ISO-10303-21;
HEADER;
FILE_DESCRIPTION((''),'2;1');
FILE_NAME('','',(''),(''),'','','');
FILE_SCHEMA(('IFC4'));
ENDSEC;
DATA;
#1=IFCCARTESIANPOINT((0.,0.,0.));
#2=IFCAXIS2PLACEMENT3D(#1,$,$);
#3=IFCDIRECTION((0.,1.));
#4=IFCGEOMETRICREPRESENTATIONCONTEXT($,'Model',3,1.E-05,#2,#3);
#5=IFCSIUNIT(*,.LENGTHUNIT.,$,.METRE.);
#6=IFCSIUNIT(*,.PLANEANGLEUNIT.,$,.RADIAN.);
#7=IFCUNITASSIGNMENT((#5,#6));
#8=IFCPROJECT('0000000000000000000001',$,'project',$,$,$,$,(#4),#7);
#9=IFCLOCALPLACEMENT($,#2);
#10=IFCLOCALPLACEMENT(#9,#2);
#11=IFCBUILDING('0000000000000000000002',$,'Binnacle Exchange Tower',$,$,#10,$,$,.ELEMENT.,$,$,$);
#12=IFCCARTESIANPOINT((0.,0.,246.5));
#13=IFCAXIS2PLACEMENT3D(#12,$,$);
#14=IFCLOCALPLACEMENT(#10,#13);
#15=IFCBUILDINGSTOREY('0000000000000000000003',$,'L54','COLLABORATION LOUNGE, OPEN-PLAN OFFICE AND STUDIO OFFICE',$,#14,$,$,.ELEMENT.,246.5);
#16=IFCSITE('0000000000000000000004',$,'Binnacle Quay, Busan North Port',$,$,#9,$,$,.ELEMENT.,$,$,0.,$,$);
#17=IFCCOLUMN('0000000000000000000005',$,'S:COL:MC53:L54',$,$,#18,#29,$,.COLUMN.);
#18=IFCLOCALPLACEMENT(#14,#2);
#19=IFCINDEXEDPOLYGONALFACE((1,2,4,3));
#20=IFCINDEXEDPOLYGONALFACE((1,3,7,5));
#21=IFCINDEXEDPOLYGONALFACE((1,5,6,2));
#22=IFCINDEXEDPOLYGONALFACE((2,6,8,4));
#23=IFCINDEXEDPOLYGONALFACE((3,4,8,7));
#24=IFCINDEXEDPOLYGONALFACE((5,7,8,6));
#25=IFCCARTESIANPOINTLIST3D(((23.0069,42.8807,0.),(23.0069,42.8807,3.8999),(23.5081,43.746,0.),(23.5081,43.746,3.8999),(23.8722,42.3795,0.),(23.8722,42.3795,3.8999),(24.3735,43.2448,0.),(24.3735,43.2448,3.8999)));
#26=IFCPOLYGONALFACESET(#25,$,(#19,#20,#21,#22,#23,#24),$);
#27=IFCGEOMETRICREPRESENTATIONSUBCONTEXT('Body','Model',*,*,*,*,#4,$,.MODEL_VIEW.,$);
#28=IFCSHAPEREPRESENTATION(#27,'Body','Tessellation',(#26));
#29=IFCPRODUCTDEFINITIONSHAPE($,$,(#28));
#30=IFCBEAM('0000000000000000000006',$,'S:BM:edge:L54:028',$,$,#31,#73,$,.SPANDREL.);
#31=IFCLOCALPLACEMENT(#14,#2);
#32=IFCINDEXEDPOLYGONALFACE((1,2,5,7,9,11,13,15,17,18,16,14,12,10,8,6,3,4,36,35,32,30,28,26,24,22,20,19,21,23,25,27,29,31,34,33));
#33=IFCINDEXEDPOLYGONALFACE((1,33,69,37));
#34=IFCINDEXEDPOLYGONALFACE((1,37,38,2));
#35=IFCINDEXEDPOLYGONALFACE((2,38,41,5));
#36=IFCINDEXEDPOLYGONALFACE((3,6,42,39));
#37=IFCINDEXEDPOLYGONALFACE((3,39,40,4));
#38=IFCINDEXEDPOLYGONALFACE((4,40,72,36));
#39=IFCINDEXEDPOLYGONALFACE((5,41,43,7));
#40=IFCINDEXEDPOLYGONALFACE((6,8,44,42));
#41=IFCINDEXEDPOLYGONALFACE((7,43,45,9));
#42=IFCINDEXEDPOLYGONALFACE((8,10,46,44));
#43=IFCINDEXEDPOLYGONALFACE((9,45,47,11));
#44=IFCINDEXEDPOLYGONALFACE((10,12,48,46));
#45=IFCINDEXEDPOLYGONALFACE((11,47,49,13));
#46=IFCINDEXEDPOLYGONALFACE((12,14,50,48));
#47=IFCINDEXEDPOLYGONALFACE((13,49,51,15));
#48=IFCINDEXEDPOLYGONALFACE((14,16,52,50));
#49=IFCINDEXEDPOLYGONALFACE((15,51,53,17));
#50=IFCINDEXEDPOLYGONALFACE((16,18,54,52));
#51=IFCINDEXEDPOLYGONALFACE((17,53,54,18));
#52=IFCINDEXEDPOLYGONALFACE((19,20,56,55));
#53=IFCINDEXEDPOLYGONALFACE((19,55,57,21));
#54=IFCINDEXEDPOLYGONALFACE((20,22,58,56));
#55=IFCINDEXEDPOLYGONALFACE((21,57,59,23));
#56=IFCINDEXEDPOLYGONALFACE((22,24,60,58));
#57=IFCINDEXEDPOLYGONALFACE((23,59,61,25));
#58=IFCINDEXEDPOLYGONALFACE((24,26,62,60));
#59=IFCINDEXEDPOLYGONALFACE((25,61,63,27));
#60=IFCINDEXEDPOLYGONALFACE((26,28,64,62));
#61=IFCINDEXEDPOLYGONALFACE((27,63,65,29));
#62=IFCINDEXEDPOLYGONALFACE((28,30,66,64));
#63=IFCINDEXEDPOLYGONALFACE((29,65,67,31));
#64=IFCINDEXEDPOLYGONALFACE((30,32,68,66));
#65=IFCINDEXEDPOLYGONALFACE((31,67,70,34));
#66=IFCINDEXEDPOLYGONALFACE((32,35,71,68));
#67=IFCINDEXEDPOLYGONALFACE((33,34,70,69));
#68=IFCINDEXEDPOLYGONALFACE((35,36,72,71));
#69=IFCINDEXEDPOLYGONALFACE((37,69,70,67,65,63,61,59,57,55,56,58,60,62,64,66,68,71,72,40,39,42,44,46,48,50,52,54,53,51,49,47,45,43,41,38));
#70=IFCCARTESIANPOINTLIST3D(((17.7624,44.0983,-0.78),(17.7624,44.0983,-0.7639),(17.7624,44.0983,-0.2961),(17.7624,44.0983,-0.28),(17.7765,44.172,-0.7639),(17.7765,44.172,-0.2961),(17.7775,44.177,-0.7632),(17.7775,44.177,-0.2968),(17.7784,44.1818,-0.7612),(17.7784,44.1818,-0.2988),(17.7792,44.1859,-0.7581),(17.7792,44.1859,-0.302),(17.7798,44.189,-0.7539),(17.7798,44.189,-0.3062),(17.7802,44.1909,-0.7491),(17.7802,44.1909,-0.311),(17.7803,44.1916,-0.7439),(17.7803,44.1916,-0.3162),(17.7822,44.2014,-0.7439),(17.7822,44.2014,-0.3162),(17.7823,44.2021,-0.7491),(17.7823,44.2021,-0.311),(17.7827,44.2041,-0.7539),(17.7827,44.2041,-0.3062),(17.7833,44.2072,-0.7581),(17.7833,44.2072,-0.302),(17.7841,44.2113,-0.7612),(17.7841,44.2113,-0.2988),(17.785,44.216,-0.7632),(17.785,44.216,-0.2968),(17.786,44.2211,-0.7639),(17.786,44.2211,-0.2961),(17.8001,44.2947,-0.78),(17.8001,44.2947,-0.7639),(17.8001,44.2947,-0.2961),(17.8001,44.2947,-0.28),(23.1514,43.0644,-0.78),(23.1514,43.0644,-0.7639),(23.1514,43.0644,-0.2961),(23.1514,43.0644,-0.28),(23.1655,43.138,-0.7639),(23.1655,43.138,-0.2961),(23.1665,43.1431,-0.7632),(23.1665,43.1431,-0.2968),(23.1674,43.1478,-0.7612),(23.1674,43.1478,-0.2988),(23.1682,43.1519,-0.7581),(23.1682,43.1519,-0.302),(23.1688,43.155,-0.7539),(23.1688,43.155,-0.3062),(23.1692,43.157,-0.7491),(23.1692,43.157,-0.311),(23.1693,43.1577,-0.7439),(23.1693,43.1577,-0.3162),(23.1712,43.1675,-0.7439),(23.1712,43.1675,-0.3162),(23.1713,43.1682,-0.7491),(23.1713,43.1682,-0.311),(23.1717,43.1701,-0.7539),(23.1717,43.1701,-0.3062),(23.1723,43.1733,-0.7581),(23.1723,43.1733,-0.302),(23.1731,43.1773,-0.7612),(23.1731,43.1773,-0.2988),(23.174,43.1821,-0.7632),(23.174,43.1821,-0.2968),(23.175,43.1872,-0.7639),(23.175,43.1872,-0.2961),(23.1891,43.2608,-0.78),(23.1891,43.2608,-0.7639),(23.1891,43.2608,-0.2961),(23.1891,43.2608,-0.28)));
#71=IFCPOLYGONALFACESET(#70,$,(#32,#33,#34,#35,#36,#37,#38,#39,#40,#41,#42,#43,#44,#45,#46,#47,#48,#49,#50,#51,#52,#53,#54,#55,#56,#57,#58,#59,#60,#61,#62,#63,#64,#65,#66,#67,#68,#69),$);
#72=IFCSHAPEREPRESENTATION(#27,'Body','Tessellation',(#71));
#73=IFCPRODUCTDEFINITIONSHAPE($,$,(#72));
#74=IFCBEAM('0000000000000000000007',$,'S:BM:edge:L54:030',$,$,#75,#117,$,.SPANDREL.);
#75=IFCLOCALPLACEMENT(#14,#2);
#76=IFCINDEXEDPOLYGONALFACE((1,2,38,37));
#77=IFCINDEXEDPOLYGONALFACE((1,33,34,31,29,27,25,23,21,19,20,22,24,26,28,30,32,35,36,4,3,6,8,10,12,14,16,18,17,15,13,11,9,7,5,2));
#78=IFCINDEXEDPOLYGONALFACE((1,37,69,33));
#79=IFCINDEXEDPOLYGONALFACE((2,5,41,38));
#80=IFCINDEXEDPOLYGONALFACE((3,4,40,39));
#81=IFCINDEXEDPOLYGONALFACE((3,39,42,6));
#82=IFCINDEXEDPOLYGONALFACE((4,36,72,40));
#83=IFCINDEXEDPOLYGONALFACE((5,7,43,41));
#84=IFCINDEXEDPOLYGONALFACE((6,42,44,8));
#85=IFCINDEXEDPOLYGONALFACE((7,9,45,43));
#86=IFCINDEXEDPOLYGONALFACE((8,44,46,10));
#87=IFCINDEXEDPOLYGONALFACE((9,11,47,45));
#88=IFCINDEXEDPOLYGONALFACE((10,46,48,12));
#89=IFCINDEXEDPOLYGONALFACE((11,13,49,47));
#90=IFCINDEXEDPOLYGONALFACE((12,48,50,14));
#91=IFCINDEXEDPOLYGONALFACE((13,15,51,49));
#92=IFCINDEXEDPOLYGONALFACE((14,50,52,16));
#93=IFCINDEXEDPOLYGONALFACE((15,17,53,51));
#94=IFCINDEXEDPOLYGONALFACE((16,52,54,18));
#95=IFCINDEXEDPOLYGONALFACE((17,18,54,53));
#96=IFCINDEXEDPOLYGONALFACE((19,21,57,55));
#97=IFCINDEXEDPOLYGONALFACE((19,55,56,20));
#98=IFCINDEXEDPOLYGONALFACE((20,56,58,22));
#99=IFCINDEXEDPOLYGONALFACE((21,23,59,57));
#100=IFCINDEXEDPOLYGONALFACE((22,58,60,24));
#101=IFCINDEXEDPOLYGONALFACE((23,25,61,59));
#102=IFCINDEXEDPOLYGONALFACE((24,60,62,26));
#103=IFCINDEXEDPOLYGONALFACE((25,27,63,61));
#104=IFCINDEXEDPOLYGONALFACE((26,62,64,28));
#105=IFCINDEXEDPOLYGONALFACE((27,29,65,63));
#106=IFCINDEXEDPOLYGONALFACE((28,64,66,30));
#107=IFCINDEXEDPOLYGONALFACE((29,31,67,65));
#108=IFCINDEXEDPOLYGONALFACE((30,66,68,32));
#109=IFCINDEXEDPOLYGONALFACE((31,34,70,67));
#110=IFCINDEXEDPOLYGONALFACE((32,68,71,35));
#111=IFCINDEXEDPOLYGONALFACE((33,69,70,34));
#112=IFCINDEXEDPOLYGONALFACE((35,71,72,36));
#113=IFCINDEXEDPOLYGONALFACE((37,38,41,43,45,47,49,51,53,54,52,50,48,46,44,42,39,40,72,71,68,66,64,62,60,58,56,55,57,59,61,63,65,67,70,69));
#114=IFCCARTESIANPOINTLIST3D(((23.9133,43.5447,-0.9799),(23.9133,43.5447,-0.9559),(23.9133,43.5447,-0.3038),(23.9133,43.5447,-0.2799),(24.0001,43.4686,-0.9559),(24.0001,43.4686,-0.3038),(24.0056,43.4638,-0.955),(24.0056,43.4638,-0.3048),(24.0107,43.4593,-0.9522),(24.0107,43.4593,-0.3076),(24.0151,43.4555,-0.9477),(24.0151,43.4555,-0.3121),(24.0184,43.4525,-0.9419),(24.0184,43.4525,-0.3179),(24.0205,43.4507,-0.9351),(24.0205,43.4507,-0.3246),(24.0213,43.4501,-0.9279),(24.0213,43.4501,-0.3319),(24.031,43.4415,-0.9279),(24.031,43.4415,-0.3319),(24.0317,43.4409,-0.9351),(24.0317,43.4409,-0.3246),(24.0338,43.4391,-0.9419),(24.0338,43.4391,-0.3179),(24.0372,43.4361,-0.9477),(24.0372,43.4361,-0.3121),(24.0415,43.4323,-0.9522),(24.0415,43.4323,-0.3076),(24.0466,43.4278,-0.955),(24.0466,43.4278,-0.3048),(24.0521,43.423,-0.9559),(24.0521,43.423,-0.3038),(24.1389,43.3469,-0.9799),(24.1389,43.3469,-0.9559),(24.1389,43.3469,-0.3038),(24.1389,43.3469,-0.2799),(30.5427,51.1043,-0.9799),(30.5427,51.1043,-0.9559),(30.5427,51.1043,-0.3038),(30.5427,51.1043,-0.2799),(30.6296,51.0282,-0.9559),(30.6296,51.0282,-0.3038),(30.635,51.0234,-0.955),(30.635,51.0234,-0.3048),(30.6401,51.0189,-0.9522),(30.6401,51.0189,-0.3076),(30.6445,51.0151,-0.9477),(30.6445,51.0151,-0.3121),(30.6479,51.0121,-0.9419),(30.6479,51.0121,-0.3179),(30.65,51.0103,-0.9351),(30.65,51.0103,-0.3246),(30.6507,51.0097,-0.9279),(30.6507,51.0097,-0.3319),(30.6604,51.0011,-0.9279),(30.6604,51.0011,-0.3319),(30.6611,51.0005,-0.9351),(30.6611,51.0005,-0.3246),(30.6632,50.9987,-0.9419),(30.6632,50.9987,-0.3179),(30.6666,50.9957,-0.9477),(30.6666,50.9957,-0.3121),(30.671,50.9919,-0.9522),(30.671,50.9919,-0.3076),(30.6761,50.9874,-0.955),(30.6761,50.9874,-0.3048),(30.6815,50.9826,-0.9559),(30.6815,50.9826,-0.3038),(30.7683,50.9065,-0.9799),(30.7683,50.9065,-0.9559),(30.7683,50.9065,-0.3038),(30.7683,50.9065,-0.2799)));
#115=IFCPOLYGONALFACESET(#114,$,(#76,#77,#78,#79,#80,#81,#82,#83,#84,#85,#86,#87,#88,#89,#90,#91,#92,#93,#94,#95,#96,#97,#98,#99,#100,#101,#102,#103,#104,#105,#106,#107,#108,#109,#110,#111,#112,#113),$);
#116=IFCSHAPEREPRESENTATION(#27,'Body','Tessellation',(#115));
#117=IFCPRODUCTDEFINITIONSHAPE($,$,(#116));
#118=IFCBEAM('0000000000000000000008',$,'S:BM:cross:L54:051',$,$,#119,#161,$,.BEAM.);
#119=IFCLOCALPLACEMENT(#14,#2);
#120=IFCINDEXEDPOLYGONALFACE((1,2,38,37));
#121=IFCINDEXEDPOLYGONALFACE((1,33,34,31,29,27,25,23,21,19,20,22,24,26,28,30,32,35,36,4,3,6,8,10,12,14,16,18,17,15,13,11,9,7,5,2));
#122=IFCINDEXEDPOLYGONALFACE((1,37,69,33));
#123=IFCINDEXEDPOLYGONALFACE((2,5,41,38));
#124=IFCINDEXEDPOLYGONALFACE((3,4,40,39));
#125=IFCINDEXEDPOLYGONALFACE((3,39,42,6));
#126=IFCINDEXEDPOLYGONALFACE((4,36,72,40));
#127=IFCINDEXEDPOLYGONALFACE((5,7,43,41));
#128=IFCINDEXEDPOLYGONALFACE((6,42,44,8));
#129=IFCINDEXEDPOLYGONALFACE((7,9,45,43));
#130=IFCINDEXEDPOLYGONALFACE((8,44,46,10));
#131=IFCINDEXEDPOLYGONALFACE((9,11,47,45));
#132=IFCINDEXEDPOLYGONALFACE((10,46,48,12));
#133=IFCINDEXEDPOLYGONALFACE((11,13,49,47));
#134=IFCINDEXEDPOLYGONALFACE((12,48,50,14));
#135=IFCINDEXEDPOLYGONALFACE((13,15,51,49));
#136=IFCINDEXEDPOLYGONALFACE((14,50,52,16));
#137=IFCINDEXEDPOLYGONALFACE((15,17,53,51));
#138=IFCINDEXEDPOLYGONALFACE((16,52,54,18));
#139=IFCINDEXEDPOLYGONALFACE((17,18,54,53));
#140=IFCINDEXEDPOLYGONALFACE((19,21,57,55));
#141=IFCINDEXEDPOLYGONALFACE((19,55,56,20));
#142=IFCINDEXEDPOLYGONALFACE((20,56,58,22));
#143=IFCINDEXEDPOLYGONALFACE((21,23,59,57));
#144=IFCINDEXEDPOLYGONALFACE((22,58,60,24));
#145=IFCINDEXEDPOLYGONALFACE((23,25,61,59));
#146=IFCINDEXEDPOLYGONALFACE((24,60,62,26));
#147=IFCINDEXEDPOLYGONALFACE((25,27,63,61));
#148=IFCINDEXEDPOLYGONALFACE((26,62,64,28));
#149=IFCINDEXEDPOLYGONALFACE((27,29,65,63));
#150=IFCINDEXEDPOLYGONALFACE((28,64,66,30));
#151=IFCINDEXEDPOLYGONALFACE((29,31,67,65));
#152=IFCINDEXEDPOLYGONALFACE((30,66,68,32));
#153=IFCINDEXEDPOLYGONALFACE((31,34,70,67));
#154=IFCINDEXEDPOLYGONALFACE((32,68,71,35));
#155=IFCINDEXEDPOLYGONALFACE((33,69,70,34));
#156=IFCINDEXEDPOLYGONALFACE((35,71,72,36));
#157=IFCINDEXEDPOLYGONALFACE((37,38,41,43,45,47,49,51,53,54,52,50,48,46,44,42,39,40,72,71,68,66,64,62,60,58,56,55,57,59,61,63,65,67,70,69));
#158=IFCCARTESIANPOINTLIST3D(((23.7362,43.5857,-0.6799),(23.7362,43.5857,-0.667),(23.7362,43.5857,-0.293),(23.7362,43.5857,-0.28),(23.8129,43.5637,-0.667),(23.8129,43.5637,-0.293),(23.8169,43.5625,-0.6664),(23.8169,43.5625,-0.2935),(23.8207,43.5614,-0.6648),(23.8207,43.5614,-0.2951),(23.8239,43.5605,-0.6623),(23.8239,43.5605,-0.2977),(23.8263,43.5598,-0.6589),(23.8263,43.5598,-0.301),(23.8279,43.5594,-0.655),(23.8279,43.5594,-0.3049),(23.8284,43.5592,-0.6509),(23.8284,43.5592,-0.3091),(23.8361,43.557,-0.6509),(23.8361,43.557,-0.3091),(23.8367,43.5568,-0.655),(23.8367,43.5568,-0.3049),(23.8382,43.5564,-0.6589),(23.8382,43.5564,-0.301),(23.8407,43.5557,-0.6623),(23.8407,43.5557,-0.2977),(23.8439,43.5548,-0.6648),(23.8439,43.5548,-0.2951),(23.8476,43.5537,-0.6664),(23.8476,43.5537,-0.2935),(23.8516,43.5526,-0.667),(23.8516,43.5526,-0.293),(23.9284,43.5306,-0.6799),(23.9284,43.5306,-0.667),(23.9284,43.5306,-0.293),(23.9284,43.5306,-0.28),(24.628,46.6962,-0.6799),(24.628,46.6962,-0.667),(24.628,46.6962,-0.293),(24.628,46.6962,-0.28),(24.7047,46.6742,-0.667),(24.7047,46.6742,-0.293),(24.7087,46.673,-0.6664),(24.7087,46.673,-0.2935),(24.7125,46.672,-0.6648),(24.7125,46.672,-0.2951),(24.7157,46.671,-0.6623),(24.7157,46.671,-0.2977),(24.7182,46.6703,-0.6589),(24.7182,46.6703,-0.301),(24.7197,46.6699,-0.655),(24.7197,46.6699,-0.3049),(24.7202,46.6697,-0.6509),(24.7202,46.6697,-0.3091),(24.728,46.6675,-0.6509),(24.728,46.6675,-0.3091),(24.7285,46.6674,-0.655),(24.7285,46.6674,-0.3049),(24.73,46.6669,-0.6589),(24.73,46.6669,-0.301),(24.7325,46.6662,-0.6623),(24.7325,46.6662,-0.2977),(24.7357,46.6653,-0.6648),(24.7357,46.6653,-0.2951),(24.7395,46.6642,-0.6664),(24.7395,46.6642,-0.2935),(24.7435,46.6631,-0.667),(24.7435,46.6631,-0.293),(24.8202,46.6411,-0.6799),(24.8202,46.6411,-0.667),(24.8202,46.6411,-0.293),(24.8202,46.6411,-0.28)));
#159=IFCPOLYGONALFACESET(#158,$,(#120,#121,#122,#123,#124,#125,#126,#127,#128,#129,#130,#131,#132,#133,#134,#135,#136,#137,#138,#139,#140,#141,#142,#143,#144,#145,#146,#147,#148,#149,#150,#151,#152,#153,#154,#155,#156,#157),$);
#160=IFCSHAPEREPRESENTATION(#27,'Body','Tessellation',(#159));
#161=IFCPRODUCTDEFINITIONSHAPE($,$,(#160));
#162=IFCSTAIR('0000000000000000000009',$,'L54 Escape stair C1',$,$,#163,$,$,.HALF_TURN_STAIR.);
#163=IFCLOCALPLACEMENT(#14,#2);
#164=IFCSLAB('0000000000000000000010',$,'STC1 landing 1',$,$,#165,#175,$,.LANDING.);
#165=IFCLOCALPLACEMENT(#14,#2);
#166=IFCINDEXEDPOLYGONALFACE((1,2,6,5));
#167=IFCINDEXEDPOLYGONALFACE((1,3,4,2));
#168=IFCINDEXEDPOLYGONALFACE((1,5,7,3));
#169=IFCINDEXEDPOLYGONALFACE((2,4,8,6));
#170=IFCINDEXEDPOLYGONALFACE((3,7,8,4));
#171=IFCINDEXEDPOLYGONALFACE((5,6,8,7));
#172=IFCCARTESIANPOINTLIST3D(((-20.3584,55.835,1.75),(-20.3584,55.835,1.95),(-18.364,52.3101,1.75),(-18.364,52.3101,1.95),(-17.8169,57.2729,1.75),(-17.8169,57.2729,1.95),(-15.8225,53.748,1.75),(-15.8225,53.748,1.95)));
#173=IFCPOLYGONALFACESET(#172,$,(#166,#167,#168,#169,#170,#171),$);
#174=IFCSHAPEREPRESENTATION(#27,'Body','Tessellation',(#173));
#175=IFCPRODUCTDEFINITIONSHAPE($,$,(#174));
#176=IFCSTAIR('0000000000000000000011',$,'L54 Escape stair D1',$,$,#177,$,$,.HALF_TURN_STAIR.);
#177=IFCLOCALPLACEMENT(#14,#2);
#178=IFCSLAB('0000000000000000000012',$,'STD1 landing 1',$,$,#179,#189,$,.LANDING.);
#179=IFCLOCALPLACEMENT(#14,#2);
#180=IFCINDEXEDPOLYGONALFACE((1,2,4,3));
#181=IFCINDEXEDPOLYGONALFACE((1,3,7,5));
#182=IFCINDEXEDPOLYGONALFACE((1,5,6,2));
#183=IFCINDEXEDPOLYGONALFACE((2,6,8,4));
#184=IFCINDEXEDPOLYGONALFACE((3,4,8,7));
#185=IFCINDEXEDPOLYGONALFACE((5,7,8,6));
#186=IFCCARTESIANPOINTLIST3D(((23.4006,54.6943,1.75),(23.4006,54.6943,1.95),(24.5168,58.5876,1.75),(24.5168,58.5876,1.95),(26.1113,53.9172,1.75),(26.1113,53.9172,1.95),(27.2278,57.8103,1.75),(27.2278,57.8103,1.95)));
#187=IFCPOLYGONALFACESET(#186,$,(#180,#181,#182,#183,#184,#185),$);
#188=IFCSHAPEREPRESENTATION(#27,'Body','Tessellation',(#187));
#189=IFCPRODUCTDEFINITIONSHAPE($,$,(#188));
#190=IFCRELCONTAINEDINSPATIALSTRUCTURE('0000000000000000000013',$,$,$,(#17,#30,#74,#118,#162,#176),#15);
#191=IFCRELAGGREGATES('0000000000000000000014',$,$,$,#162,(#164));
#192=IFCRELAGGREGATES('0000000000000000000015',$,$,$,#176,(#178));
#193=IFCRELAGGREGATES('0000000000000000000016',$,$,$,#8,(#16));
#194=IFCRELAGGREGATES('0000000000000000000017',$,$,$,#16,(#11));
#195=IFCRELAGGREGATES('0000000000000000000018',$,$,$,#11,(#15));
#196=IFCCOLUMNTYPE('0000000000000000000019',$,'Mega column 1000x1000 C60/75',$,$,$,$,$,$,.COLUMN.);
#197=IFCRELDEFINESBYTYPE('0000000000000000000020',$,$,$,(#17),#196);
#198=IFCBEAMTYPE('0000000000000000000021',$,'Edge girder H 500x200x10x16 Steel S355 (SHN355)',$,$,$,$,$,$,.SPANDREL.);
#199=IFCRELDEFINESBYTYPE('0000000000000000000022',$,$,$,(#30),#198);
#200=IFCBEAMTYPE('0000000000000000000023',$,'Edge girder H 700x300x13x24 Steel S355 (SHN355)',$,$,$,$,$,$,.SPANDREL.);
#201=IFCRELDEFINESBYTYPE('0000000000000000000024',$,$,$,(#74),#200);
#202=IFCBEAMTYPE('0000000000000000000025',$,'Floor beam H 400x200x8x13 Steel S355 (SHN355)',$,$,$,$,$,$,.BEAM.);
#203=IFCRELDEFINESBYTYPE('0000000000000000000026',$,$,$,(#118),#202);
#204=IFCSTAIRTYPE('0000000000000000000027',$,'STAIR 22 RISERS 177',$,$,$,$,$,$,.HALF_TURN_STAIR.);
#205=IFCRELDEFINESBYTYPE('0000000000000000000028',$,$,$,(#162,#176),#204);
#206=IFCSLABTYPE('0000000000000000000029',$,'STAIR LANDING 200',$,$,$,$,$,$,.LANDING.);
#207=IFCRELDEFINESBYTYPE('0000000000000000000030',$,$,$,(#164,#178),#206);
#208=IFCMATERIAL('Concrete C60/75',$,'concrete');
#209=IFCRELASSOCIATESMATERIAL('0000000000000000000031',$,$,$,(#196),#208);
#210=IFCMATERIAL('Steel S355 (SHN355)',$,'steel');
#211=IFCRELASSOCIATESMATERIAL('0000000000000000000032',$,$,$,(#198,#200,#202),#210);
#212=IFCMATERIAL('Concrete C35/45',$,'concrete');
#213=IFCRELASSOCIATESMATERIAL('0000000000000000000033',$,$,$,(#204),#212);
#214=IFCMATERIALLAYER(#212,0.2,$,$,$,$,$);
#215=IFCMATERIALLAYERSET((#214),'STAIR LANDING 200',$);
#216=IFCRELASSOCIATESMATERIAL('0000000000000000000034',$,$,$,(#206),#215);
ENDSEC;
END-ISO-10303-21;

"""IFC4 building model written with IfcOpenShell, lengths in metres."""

from ifc_helpers import new_model, si_unit, direction, frame, origin, origin_2d, place, context, subcontext, project, spatial, polyline, rectangle, i_section, outline, extrude, material, layer, layer_set, material_profile, profile_set, type_object, element, aggregate, save


model = new_model("IFC4")

# Units and contexts
model_context = context("Model", 3, precision=1e-05, world=origin(), true_north=direction((0.0, 1.0)))
body_context = subcontext(model_context, "Body", "Model", "MODEL_VIEW")
ifc_project = project(units=[si_unit("LENGTHUNIT", "METRE"), si_unit("PLANEANGLEUNIT", "RADIAN")], contexts=[model_context])

# Site, building, storey
site_placement = place(None, origin())
site = spatial("IfcSite", under=ifc_project, at=site_placement, Name="Binnacle Quay, Busan North Port", CompositionType="ELEMENT", RefElevation=0.0)
building_placement = place(site_placement, origin())
building = spatial("IfcBuilding", under=site, at=building_placement, Name="Binnacle Exchange Tower", CompositionType="ELEMENT")
storey_placement = place(building_placement, frame((0.0, 0.0, 246.5)))
storey = spatial("IfcBuildingStorey", under=building, at=storey_placement, Name="L54", Description="COLLABORATION LOUNGE, OPEN-PLAN OFFICE AND STUDIO OFFICE", CompositionType="ELEMENT", Elevation=246.5)

# Column
ifc_material_1 = material(Name="Concrete C60/75", Category="concrete")
ifc_material_profile_1 = material_profile(ifc_material_1, rectangle(XDim=1.0, YDim=1.0, at=origin_2d()), Name="Mega column 1000x1000 C60/75")
ifc_profile_set_1 = profile_set([ifc_material_profile_1], Name="Concrete C60/75")
column_type = type_object("IfcColumnType", Name="Mega column 1000x1000 C60/75", PredefinedType="COLUMN", material=ifc_profile_set_1)
column_placement = place(storey_placement, frame((23.6902, 43.0627, 0.0), z_axis=(0.0, 0.0, 1.0), x_axis=(-0.865326, 0.501209, 0.0)))
element("IfcColumn", 1, at=column_placement, inside=storey, type_object=column_type, Name="S:COL:MC53:L54", PredefinedType="COLUMN", context=body_context, shape_type="SweptSolid", body=[
    extrude(rectangle(XDim=1.0, YDim=1.0, at=origin_2d()), origin(), (0.0, 0.0, 1.0), 3.8999),
])

# Beams
ifc_material_2 = material(Name="Steel S355 (SHN355)", Category="steel")
ifc_material_profile_2 = material_profile(ifc_material_2, i_section(OverallWidth=0.2, OverallDepth=0.5, WebThickness=0.01, FlangeThickness=0.0161, FilletRadius=0.02, at=origin_2d()), Name="H 500x200x10x16")
ifc_profile_set_2 = profile_set([ifc_material_profile_2], Name="Steel S355 (SHN355)")
beam_type_1 = type_object("IfcBeamType", Name="Edge girder H 500x200x10x16 Steel S355 (SHN355)", PredefinedType="SPANDREL", material=ifc_profile_set_2)
beam_1_placement = place(storey_placement, frame((17.7812, 44.1965, -0.53), z_axis=(0.982087, -0.188427, 0.0), x_axis=(0.188427, 0.982087, 0.0)))
element("IfcBeam", 2, at=beam_1_placement, inside=storey, type_object=beam_type_1, Name="S:BM:edge:L54:028", PredefinedType="SPANDREL", context=body_context, shape_type="SweptSolid", body=[
    extrude(i_section(OverallWidth=0.2, OverallDepth=0.5, WebThickness=0.01, FlangeThickness=0.0161, FilletRadius=0.02, at=origin_2d()), origin(), (0.0, 0.0, 1.0), 5.4873),
])
ifc_material_profile_3 = material_profile(ifc_material_2, i_section(OverallWidth=0.3, OverallDepth=0.7, WebThickness=0.0129, FlangeThickness=0.0239, FilletRadius=0.0281, at=origin_2d()), Name="H 700x300x13x24")
ifc_profile_set_3 = profile_set([ifc_material_profile_3], Name="Steel S355 (SHN355)")
beam_type_2 = type_object("IfcBeamType", Name="Edge girder H 700x300x13x24 Steel S355 (SHN355)", PredefinedType="SPANDREL", material=ifc_profile_set_3)
beam_2_placement = place(storey_placement, frame((24.0261, 43.4458, -0.6299), z_axis=(0.659336, 0.751848, 0.0), x_axis=(-0.751848, 0.659336, 0.0)))
element("IfcBeam", 3, at=beam_2_placement, inside=storey, type_object=beam_type_2, Name="S:BM:edge:L54:030", PredefinedType="SPANDREL", context=body_context, shape_type="SweptSolid", body=[
    extrude(i_section(OverallWidth=0.3, OverallDepth=0.7, WebThickness=0.0129, FlangeThickness=0.0239, FilletRadius=0.0281, at=origin_2d()), origin(), (0.0, 0.0, 1.0), 10.0547),
])
ifc_material_profile_4 = material_profile(ifc_material_2, i_section(OverallWidth=0.2, OverallDepth=0.3999, WebThickness=0.0081, FlangeThickness=0.0129, FilletRadius=0.0161, at=origin_2d()), Name="H 400x200x8x13")
ifc_profile_set_4 = profile_set([ifc_material_profile_4], Name="Steel S355 (SHN355)")
beam_type_3 = type_object("IfcBeamType", Name="Floor beam H 400x200x8x13 Steel S355 (SHN355)", PredefinedType="BEAM", material=ifc_profile_set_4)
beam_3_placement = place(storey_placement, frame((23.8323, 43.5581, -0.48), z_axis=(0.275608, 0.96127, 0.0), x_axis=(-0.96127, 0.275608, 0.0)))
element("IfcBeam", 4, at=beam_3_placement, inside=storey, type_object=beam_type_3, Name="S:BM:cross:L54:051", PredefinedType="BEAM", context=body_context, shape_type="SweptSolid", body=[
    extrude(i_section(OverallWidth=0.2, OverallDepth=0.3999, WebThickness=0.0081, FlangeThickness=0.0129, FilletRadius=0.0161, at=origin_2d()), origin(), (0.0, 0.0, 1.0), 3.2358),
])

# Stairs, slabs
ifc_material_3 = material(Name="Concrete C35/45", Category="concrete")
stair_type = type_object("IfcStairType", Name="STAIR 22 RISERS 177", PredefinedType="HALF_TURN_STAIR", material=ifc_material_3)
stair_1_placement = place(storey_placement, origin())
stair_1 = element("IfcStair", 5, at=stair_1_placement, inside=storey, type_object=stair_type, Name="L54 Escape stair C1", PredefinedType="HALF_TURN_STAIR")
ifc_layer_1 = layer(ifc_material_3, 0.2)
ifc_layer_set_1 = layer_set([ifc_layer_1], Name="STAIR LANDING 200")
slab_type = type_object("IfcSlabType", Name="STAIR LANDING 200", PredefinedType="LANDING", material=ifc_layer_set_1)
slab_1_placement = place(storey_placement, frame((0.0, 0.0, 1.75)))
slab_1 = element("IfcSlab", 6, at=slab_1_placement, type_object=slab_type, Name="STC1 landing 1", PredefinedType="LANDING", context=body_context, shape_type="SweptSolid", body=[
    extrude(outline(polyline([(-18.364, 52.3101), (-15.8225, 53.748), (-17.8169, 57.2729), (-20.3584, 55.835), (-18.364, 52.3101)])), origin(), (0.0, 0.0, 1.0), 0.2),
])
aggregate(stair_1, [slab_1])
stair_2_placement = place(storey_placement, origin())
stair_2 = element("IfcStair", 7, at=stair_2_placement, inside=storey, type_object=stair_type, Name="L54 Escape stair D1", PredefinedType="HALF_TURN_STAIR")
slab_2_placement = place(storey_placement, frame((0.0, 0.0, 1.75)))
slab_2 = element("IfcSlab", 8, at=slab_2_placement, type_object=slab_type, Name="STD1 landing 1", PredefinedType="LANDING", context=body_context, shape_type="SweptSolid", body=[
    extrude(outline(polyline([(23.4006, 54.6943), (26.1113, 53.9172), (27.2278, 57.8103), (24.5168, 58.5876), (23.4006, 54.6943)])), origin(), (0.0, 0.0, 1.0), 0.2),
])
aggregate(stair_2, [slab_2])

save(model, "model.ifc")
